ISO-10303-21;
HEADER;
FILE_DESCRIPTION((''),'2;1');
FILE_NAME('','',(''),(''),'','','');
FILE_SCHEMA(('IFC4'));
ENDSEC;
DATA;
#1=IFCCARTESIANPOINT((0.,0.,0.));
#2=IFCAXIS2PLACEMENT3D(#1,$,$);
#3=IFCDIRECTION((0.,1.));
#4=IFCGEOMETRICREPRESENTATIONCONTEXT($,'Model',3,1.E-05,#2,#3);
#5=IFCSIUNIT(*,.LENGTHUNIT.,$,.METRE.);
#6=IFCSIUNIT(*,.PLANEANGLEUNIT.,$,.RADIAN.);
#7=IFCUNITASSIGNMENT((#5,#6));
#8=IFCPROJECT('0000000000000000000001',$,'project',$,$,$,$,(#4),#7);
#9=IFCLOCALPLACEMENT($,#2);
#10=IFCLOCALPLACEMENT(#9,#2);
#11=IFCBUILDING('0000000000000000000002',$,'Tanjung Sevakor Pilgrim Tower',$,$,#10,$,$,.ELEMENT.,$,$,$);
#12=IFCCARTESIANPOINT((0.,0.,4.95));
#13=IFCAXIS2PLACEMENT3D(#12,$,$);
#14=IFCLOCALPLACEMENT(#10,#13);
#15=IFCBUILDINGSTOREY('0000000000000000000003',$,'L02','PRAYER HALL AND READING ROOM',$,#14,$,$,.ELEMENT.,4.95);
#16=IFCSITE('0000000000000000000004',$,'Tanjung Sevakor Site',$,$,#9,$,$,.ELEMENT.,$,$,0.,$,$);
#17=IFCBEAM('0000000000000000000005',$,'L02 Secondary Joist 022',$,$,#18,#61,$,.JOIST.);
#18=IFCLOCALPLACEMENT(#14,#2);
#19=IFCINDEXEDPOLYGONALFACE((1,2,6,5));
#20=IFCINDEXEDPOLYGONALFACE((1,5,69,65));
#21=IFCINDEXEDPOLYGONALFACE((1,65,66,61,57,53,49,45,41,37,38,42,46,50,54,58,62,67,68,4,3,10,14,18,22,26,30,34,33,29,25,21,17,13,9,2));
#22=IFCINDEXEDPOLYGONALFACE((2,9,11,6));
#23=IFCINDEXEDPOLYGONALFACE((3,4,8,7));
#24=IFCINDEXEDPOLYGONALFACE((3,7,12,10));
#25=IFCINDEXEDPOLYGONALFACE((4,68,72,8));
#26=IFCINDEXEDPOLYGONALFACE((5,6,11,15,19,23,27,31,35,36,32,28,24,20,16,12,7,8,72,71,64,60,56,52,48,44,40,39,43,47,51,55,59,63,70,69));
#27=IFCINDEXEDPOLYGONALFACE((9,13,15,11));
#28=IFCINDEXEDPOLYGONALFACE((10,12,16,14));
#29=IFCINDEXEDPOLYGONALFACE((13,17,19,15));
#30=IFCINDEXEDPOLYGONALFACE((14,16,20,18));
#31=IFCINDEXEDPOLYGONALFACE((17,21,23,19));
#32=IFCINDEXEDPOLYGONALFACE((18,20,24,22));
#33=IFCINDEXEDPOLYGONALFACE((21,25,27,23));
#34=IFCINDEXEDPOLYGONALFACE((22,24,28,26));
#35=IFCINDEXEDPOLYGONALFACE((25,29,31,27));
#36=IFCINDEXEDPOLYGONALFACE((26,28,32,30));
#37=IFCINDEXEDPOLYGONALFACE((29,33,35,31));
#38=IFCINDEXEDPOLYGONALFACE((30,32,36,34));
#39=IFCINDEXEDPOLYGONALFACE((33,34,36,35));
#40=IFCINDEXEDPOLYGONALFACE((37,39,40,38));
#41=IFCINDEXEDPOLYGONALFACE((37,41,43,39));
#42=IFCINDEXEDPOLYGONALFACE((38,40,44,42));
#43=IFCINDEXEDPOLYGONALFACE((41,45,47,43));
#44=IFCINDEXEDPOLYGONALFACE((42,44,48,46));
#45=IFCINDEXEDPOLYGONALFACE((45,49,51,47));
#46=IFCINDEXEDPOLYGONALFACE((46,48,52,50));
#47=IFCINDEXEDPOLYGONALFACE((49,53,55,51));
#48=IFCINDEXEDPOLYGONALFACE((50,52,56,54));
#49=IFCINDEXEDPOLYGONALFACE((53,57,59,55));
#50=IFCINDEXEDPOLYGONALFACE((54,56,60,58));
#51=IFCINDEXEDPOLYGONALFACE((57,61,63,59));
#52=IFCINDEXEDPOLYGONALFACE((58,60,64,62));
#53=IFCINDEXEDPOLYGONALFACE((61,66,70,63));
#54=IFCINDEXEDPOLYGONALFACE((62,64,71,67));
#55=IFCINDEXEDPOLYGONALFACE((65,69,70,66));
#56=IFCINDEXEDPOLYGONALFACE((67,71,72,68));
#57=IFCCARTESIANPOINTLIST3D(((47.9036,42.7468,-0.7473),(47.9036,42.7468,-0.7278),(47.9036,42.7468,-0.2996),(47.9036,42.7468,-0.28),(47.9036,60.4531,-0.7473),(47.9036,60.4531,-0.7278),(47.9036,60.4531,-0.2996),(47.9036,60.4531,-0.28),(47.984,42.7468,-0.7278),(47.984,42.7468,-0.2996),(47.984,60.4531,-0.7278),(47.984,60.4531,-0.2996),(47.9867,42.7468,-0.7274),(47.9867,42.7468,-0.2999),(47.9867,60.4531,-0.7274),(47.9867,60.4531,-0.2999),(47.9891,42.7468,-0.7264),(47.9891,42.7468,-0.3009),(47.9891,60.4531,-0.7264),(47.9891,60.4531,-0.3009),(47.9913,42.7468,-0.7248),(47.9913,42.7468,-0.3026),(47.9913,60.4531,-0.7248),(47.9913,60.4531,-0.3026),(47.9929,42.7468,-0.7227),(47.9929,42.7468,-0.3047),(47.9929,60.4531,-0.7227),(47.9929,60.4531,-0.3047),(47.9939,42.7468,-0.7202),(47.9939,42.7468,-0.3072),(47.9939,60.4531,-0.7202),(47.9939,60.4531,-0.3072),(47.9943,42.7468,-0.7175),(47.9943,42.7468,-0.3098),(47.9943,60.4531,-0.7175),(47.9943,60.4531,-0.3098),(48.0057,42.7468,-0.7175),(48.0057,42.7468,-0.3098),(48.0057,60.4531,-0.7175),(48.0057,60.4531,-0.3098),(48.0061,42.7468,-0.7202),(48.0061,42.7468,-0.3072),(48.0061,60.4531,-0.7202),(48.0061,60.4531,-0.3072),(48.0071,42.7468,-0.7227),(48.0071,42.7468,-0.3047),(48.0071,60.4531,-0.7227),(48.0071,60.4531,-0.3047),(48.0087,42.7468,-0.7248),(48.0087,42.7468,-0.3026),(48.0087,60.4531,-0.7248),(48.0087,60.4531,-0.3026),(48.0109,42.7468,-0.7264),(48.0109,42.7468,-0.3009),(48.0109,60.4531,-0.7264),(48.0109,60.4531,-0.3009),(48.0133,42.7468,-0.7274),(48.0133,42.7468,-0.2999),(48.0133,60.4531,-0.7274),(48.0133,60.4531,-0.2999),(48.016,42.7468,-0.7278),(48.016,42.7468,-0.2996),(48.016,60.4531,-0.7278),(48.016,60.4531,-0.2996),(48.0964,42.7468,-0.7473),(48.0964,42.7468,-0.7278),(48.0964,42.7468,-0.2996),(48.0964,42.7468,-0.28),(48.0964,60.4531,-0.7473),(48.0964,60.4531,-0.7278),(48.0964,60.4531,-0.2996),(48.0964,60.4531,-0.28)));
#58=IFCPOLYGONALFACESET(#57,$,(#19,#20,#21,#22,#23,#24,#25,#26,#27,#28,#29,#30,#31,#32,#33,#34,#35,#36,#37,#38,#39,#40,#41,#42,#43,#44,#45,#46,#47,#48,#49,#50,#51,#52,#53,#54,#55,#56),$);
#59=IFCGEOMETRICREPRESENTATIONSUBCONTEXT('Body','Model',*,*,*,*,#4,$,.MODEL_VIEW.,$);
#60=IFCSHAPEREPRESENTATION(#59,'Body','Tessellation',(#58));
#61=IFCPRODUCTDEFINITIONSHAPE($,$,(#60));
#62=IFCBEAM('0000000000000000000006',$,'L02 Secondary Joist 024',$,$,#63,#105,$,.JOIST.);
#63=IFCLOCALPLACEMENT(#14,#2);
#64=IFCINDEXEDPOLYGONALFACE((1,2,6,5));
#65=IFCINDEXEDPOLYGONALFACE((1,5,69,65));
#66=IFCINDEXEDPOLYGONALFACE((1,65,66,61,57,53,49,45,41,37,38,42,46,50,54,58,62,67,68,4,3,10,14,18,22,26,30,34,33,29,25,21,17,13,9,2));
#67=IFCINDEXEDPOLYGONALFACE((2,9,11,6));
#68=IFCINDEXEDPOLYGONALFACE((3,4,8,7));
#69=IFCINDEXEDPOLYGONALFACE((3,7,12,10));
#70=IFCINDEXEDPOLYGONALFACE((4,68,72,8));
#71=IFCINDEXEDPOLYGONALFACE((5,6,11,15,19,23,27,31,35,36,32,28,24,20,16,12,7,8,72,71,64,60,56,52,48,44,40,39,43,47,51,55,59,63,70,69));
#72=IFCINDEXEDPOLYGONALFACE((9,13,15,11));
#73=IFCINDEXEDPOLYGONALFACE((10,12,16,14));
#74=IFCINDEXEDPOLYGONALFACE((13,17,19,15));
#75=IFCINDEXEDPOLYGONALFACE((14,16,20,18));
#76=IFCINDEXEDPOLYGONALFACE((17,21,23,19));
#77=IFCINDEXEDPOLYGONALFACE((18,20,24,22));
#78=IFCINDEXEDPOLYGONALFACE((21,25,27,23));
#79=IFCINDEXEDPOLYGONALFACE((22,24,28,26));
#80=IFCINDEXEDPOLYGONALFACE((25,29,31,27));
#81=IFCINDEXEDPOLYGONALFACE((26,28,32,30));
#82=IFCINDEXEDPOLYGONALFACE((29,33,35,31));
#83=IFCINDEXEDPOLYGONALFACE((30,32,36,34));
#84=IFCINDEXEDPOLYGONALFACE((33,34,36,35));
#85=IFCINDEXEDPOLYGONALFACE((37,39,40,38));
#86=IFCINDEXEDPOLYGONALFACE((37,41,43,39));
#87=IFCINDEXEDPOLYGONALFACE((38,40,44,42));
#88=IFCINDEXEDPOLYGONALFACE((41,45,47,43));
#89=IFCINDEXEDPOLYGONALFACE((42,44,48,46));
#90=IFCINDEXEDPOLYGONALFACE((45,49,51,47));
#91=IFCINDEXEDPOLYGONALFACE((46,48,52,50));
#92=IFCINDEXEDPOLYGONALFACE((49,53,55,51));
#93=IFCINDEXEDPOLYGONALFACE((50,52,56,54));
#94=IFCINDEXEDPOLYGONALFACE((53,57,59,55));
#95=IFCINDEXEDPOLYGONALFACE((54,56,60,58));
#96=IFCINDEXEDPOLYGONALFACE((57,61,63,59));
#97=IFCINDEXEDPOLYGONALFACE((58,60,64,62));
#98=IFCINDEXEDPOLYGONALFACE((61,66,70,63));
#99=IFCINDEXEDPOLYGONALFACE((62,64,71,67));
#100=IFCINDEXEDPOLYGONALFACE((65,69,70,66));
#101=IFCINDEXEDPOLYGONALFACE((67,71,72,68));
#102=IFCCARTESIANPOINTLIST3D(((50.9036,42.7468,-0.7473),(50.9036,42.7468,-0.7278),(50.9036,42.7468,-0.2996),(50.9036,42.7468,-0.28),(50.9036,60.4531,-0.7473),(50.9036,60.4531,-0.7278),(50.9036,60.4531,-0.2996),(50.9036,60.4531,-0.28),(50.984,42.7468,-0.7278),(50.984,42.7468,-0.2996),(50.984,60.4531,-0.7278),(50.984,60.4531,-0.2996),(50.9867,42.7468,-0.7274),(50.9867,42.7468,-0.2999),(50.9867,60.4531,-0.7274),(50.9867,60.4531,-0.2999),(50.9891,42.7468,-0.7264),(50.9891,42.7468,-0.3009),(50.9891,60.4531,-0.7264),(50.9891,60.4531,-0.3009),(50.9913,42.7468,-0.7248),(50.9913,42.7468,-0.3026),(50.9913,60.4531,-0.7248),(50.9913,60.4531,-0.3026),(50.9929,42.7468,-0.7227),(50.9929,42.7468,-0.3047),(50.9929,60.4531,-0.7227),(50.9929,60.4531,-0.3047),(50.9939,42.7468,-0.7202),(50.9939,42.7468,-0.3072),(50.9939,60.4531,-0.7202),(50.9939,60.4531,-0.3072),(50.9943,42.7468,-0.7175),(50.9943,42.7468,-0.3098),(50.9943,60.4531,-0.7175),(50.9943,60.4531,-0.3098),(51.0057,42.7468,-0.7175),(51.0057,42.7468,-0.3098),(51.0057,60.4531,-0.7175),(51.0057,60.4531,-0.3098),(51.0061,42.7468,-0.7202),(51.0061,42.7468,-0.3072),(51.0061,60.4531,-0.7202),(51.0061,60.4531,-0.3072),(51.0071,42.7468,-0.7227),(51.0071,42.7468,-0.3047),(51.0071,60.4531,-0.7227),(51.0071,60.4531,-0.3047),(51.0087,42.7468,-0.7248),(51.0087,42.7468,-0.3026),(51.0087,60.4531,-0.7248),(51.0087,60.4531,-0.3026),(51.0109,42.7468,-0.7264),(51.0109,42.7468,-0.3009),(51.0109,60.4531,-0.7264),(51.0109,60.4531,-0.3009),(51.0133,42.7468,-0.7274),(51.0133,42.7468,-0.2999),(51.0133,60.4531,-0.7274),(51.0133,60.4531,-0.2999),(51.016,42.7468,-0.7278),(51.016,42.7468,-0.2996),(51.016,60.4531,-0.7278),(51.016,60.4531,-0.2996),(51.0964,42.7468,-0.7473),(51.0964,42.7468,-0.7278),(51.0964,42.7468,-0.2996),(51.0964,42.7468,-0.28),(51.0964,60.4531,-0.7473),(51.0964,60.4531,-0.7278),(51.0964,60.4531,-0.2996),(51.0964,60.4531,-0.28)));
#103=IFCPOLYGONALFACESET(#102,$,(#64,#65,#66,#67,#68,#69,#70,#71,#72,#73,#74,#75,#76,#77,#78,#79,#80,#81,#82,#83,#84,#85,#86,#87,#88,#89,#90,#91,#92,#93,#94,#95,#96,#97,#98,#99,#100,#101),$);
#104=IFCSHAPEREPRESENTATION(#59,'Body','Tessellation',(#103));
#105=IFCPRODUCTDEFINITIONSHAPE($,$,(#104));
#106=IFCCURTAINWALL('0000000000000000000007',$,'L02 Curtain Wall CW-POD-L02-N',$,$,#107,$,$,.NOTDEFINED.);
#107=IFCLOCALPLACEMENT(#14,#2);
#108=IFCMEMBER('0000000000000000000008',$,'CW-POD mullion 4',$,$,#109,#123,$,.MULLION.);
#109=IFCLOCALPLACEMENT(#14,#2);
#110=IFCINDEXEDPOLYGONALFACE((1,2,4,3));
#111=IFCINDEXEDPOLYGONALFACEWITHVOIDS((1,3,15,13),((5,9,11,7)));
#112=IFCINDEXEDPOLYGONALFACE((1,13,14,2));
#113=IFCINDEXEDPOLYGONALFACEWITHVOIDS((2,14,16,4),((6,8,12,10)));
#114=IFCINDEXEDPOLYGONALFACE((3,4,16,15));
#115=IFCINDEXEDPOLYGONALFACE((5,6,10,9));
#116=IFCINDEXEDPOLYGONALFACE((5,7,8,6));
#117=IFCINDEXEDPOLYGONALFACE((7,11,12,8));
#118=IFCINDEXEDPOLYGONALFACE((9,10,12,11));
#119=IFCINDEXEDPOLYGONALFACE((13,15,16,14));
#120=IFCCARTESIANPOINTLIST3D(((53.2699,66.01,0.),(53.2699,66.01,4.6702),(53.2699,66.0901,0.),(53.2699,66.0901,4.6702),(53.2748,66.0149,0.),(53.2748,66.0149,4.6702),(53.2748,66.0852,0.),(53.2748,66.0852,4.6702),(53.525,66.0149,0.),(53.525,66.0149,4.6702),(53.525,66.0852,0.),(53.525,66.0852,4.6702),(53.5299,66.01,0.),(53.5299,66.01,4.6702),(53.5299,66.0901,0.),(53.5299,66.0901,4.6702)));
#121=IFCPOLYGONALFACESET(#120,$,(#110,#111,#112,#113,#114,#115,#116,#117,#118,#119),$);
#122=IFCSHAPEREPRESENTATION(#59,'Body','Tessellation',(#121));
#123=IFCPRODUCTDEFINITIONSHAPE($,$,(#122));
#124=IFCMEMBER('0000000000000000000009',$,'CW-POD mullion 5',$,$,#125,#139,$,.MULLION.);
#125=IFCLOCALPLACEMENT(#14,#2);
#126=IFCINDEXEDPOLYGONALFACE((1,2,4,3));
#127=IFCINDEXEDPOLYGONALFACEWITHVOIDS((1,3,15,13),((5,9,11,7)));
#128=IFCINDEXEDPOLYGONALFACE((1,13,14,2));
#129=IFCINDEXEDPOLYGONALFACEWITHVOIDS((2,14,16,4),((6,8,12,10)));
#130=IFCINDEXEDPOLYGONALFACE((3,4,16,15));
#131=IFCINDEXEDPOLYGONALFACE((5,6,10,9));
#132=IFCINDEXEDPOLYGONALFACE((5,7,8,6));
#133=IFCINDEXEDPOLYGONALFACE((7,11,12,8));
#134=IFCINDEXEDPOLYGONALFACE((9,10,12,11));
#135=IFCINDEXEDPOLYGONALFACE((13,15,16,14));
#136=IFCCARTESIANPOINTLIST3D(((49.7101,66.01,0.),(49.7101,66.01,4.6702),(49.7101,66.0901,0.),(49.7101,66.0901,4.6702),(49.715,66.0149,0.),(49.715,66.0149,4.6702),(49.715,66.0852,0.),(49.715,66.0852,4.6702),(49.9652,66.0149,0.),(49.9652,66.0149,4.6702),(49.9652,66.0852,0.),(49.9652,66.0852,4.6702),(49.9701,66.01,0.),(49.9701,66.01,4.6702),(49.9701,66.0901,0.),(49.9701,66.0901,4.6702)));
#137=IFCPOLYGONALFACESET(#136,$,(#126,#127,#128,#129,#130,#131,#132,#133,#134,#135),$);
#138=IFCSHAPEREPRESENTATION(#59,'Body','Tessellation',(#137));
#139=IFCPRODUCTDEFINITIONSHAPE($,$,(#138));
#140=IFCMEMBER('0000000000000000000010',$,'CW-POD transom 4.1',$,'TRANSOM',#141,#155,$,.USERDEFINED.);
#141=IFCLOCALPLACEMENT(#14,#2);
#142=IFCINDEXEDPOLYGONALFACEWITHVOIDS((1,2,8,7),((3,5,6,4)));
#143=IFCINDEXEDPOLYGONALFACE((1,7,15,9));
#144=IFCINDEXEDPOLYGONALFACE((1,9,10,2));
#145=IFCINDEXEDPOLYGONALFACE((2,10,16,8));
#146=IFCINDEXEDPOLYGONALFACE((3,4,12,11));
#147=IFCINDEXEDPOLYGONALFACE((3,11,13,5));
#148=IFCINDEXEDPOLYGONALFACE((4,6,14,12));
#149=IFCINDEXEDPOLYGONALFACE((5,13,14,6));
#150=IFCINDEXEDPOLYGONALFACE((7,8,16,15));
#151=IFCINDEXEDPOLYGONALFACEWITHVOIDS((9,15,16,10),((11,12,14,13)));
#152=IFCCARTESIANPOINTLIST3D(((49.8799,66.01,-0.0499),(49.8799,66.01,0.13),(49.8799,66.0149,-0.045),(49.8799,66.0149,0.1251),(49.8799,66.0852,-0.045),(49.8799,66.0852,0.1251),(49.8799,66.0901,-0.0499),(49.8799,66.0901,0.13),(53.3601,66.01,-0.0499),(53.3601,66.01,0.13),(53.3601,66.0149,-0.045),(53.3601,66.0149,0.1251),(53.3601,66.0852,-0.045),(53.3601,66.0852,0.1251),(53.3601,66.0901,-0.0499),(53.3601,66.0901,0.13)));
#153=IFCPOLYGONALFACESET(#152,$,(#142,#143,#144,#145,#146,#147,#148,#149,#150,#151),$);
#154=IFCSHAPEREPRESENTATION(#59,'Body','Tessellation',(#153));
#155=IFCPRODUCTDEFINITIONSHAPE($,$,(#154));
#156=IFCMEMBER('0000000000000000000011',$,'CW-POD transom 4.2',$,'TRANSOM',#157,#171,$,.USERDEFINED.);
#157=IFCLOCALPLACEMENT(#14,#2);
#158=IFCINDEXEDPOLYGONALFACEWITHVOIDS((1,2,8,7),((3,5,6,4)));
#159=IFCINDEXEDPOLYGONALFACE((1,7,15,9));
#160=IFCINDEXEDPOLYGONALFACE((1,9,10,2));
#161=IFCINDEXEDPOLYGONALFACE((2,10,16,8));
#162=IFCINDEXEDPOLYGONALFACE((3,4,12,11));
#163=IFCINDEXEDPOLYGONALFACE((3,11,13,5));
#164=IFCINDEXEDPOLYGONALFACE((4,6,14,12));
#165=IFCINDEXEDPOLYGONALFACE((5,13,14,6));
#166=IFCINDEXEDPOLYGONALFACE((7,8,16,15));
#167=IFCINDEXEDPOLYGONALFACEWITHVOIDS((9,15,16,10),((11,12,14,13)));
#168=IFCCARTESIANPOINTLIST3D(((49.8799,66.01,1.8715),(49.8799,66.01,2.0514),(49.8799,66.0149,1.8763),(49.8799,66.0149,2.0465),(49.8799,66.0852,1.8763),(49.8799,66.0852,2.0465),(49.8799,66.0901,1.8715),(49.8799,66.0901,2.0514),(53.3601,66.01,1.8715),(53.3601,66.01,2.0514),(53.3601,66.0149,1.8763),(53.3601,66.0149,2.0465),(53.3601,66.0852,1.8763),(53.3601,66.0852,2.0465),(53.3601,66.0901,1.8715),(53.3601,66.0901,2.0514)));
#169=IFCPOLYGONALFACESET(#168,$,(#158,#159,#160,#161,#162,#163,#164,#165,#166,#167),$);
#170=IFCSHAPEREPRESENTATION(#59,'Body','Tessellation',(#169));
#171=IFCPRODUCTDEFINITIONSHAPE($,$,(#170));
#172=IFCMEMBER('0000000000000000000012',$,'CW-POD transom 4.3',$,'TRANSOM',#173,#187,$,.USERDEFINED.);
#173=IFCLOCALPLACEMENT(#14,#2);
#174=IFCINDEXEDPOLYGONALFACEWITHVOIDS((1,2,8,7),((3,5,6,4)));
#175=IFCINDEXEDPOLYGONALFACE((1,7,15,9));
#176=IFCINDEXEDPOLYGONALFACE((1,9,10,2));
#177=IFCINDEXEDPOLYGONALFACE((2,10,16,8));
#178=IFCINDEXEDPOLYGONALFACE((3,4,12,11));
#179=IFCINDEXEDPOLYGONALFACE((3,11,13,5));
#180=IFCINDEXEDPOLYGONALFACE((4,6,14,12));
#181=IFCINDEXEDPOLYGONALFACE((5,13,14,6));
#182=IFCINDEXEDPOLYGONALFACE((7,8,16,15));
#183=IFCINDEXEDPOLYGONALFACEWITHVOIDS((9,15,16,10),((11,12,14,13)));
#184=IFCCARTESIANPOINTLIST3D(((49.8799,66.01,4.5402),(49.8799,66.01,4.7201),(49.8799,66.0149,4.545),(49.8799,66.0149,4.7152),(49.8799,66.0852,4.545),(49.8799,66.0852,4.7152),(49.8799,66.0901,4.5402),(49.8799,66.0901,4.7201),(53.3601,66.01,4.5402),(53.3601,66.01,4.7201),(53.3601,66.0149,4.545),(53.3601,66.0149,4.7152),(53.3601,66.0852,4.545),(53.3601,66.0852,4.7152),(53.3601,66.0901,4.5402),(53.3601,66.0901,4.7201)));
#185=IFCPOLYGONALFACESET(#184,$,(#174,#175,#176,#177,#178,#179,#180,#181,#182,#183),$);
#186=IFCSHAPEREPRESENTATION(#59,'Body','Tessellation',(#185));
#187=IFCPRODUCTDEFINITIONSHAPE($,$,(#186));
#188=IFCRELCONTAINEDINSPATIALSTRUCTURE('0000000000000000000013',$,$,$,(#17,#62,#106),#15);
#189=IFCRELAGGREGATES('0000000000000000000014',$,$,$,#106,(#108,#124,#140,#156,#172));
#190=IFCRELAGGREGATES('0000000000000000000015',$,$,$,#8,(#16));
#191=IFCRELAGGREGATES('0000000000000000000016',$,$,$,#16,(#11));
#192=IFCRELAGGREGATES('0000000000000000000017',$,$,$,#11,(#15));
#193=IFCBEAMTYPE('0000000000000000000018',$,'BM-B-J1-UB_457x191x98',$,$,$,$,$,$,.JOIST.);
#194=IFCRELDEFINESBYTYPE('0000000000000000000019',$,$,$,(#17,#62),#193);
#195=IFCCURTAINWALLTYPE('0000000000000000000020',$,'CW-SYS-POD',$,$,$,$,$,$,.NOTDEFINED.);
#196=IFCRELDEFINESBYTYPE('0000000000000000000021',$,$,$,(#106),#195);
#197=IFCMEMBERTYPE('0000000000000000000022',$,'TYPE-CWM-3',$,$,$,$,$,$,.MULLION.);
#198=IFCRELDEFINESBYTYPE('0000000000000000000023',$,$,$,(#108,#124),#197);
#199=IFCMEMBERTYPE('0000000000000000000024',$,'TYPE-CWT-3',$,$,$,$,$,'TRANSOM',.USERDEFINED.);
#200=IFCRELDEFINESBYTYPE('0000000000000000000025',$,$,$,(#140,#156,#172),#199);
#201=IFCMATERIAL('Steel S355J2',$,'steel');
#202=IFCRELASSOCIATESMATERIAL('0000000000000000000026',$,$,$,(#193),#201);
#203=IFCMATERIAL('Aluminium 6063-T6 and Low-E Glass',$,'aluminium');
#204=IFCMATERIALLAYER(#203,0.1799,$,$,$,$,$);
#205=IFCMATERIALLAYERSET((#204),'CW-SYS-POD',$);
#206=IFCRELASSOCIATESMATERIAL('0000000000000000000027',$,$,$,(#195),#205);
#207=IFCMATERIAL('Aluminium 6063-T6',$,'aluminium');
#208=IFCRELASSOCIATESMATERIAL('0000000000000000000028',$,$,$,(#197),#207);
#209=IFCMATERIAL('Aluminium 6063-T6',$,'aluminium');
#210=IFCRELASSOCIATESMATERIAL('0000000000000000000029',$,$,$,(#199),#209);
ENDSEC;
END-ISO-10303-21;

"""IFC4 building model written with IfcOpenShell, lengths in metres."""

from ifc_helpers import new_model, si_unit, direction, frame, origin, origin_2d, place, context, subcontext, project, spatial, hollow_rectangle, i_section, extrude, material, layer, layer_set, material_profile, profile_set, type_object, element, aggregate, save


model = new_model("IFC4")

# Units and contexts
model_context = context("Model", 3, precision=1e-05, world=origin(), true_north=direction((0.0, 1.0)))
body_context = subcontext(model_context, "Body", "Model", "MODEL_VIEW")
ifc_project = project(units=[si_unit("LENGTHUNIT", "METRE"), si_unit("PLANEANGLEUNIT", "RADIAN")], contexts=[model_context])

# Site, building, storey
site_placement = place(None, origin())
site = spatial("IfcSite", under=ifc_project, at=site_placement, Name="Tanjung Sevakor Site", CompositionType="ELEMENT", RefElevation=0.0)
building_placement = place(site_placement, origin())
building = spatial("IfcBuilding", under=site, at=building_placement, Name="Tanjung Sevakor Pilgrim Tower", CompositionType="ELEMENT")
storey_placement = place(building_placement, frame((0.0, 0.0, 4.95)))
storey = spatial("IfcBuildingStorey", under=building, at=storey_placement, Name="L02", Description="PRAYER HALL AND READING ROOM", CompositionType="ELEMENT", Elevation=4.95)

# Beams
ifc_material_1 = material(Name="Steel S355J2", Category="steel")
ifc_material_profile_1 = material_profile(ifc_material_1, i_section(OverallWidth=0.1929, OverallDepth=0.4673, WebThickness=0.0115, FlangeThickness=0.0195, FilletRadius=0.0103, at=origin_2d()))
ifc_profile_set_1 = profile_set([ifc_material_profile_1], Name="Steel S355J2")
beam_type = type_object("IfcBeamType", Name="BM-B-J1-UB_457x191x98", PredefinedType="JOIST", material=ifc_profile_set_1)
for number, where, z_axis, x_axis, name in (
    (1, (48.0, 42.7468, -0.5137), (0.0, 1.0, 0.0), (-1.0, 0.0, 0.0), "L02 Secondary Joist 022"),
    (2, (51.0, 42.7468, -0.5137), (0.0, 1.0, 0.0), (-1.0, 0.0, 0.0), "L02 Secondary Joist 024"),
):
    element("IfcBeam", number, at=place(storey_placement, frame(where, z_axis=z_axis, x_axis=x_axis)), inside=storey, type_object=beam_type, Name=name, PredefinedType="JOIST", context=body_context, shape_type="SweptSolid", body=[
        extrude(i_section(OverallWidth=0.1929, OverallDepth=0.4673, WebThickness=0.0115, FlangeThickness=0.0195, FilletRadius=0.0103, at=origin_2d()), origin(), (0.0, 0.0, 1.0), 17.7063),
    ])

# Curtain wall, members
ifc_material_2 = material(Name="Aluminium 6063-T6 and Low-E Glass", Category="aluminium")
ifc_layer_1 = layer(ifc_material_2, 0.1799)
ifc_layer_set_1 = layer_set([ifc_layer_1], Name="CW-SYS-POD")
curtain_wall_type = type_object("IfcCurtainWallType", Name="CW-SYS-POD", PredefinedType="NOTDEFINED", material=ifc_layer_set_1)
curtain_wall_placement = place(storey_placement, origin())
curtain_wall = element("IfcCurtainWall", 3, at=curtain_wall_placement, inside=storey, type_object=curtain_wall_type, Name="L02 Curtain Wall CW-POD-L02-N", PredefinedType="NOTDEFINED")
ifc_material_3 = material(Name="Aluminium 6063-T6", Category="aluminium")
ifc_material_profile_2 = material_profile(ifc_material_3, hollow_rectangle(XDim=0.0801, YDim=0.26, WallThickness=0.0049, at=origin_2d()))
ifc_profile_set_2 = profile_set([ifc_material_profile_2], Name="Aluminium 6063-T6")
member_type_1 = type_object("IfcMemberType", Name="TYPE-CWM-3", PredefinedType="MULLION", material=ifc_profile_set_2)
member_1_placement = place(storey_placement, frame((53.3999, 66.05, 0.0), z_axis=(0.0, 0.0, 1.0), x_axis=(0.0, -1.0, 0.0)))
member_1 = element("IfcMember", 4, at=member_1_placement, type_object=member_type_1, Name="CW-POD mullion 4", PredefinedType="MULLION", context=body_context, shape_type="SweptSolid", body=[
    extrude(hollow_rectangle(XDim=0.0801, YDim=0.26, WallThickness=0.0049, at=origin_2d()), origin(), (0.0, 0.0, 1.0), 4.6702),
])
member_2_placement = place(storey_placement, frame((49.8401, 66.05, 0.0), z_axis=(0.0, 0.0, 1.0), x_axis=(0.0, -1.0, 0.0)))
member_2 = element("IfcMember", 5, at=member_2_placement, type_object=member_type_1, Name="CW-POD mullion 5", PredefinedType="MULLION", context=body_context, shape_type="SweptSolid", body=[
    extrude(hollow_rectangle(XDim=0.0801, YDim=0.26, WallThickness=0.0049, at=origin_2d()), origin(), (0.0, 0.0, 1.0), 4.6702),
])
ifc_material_4 = material(Name="Aluminium 6063-T6", Category="aluminium")
ifc_material_profile_3 = material_profile(ifc_material_4, hollow_rectangle(XDim=0.0801, YDim=0.1799, WallThickness=0.0049, at=origin_2d()))
ifc_profile_set_3 = profile_set([ifc_material_profile_3], Name="Aluminium 6063-T6")
member_type_2 = type_object("IfcMemberType", Name="TYPE-CWT-3", ElementType="TRANSOM", PredefinedType="USERDEFINED", material=ifc_profile_set_3)
member_3_placement = place(storey_placement, frame((53.3601, 66.05, 0.04), z_axis=(-1.0, 0.0, 0.0), x_axis=(0.0, -1.0, 0.0)))
member_3 = element("IfcMember", 6, at=member_3_placement, type_object=member_type_2, Name="CW-POD transom 4.1", ObjectType="TRANSOM", PredefinedType="USERDEFINED", context=body_context, shape_type="SweptSolid", body=[
    extrude(hollow_rectangle(XDim=0.0801, YDim=0.1799, WallThickness=0.0049, at=origin_2d()), origin(), (0.0, 0.0, 1.0), 3.4802),
])
member_4_placement = place(storey_placement, frame((53.3601, 66.05, 1.9614), z_axis=(-1.0, 0.0, 0.0), x_axis=(0.0, -1.0, 0.0)))
member_4 = element("IfcMember", 7, at=member_4_placement, type_object=member_type_2, Name="CW-POD transom 4.2", ObjectType="TRANSOM", PredefinedType="USERDEFINED", context=body_context, shape_type="SweptSolid", body=[
    extrude(hollow_rectangle(XDim=0.0801, YDim=0.1799, WallThickness=0.0049, at=origin_2d()), origin(), (0.0, 0.0, 1.0), 3.4802),
])
member_5_placement = place(storey_placement, frame((53.3601, 66.05, 4.6301), z_axis=(-1.0, 0.0, 0.0), x_axis=(0.0, -1.0, 0.0)))
member_5 = element("IfcMember", 8, at=member_5_placement, type_object=member_type_2, Name="CW-POD transom 4.3", ObjectType="TRANSOM", PredefinedType="USERDEFINED", context=body_context, shape_type="SweptSolid", body=[
    extrude(hollow_rectangle(XDim=0.0801, YDim=0.1799, WallThickness=0.0049, at=origin_2d()), origin(), (0.0, 0.0, 1.0), 3.4802),
])
aggregate(curtain_wall, [member_1, member_2, member_3, member_4, member_5])

save(model, "model.ifc")
